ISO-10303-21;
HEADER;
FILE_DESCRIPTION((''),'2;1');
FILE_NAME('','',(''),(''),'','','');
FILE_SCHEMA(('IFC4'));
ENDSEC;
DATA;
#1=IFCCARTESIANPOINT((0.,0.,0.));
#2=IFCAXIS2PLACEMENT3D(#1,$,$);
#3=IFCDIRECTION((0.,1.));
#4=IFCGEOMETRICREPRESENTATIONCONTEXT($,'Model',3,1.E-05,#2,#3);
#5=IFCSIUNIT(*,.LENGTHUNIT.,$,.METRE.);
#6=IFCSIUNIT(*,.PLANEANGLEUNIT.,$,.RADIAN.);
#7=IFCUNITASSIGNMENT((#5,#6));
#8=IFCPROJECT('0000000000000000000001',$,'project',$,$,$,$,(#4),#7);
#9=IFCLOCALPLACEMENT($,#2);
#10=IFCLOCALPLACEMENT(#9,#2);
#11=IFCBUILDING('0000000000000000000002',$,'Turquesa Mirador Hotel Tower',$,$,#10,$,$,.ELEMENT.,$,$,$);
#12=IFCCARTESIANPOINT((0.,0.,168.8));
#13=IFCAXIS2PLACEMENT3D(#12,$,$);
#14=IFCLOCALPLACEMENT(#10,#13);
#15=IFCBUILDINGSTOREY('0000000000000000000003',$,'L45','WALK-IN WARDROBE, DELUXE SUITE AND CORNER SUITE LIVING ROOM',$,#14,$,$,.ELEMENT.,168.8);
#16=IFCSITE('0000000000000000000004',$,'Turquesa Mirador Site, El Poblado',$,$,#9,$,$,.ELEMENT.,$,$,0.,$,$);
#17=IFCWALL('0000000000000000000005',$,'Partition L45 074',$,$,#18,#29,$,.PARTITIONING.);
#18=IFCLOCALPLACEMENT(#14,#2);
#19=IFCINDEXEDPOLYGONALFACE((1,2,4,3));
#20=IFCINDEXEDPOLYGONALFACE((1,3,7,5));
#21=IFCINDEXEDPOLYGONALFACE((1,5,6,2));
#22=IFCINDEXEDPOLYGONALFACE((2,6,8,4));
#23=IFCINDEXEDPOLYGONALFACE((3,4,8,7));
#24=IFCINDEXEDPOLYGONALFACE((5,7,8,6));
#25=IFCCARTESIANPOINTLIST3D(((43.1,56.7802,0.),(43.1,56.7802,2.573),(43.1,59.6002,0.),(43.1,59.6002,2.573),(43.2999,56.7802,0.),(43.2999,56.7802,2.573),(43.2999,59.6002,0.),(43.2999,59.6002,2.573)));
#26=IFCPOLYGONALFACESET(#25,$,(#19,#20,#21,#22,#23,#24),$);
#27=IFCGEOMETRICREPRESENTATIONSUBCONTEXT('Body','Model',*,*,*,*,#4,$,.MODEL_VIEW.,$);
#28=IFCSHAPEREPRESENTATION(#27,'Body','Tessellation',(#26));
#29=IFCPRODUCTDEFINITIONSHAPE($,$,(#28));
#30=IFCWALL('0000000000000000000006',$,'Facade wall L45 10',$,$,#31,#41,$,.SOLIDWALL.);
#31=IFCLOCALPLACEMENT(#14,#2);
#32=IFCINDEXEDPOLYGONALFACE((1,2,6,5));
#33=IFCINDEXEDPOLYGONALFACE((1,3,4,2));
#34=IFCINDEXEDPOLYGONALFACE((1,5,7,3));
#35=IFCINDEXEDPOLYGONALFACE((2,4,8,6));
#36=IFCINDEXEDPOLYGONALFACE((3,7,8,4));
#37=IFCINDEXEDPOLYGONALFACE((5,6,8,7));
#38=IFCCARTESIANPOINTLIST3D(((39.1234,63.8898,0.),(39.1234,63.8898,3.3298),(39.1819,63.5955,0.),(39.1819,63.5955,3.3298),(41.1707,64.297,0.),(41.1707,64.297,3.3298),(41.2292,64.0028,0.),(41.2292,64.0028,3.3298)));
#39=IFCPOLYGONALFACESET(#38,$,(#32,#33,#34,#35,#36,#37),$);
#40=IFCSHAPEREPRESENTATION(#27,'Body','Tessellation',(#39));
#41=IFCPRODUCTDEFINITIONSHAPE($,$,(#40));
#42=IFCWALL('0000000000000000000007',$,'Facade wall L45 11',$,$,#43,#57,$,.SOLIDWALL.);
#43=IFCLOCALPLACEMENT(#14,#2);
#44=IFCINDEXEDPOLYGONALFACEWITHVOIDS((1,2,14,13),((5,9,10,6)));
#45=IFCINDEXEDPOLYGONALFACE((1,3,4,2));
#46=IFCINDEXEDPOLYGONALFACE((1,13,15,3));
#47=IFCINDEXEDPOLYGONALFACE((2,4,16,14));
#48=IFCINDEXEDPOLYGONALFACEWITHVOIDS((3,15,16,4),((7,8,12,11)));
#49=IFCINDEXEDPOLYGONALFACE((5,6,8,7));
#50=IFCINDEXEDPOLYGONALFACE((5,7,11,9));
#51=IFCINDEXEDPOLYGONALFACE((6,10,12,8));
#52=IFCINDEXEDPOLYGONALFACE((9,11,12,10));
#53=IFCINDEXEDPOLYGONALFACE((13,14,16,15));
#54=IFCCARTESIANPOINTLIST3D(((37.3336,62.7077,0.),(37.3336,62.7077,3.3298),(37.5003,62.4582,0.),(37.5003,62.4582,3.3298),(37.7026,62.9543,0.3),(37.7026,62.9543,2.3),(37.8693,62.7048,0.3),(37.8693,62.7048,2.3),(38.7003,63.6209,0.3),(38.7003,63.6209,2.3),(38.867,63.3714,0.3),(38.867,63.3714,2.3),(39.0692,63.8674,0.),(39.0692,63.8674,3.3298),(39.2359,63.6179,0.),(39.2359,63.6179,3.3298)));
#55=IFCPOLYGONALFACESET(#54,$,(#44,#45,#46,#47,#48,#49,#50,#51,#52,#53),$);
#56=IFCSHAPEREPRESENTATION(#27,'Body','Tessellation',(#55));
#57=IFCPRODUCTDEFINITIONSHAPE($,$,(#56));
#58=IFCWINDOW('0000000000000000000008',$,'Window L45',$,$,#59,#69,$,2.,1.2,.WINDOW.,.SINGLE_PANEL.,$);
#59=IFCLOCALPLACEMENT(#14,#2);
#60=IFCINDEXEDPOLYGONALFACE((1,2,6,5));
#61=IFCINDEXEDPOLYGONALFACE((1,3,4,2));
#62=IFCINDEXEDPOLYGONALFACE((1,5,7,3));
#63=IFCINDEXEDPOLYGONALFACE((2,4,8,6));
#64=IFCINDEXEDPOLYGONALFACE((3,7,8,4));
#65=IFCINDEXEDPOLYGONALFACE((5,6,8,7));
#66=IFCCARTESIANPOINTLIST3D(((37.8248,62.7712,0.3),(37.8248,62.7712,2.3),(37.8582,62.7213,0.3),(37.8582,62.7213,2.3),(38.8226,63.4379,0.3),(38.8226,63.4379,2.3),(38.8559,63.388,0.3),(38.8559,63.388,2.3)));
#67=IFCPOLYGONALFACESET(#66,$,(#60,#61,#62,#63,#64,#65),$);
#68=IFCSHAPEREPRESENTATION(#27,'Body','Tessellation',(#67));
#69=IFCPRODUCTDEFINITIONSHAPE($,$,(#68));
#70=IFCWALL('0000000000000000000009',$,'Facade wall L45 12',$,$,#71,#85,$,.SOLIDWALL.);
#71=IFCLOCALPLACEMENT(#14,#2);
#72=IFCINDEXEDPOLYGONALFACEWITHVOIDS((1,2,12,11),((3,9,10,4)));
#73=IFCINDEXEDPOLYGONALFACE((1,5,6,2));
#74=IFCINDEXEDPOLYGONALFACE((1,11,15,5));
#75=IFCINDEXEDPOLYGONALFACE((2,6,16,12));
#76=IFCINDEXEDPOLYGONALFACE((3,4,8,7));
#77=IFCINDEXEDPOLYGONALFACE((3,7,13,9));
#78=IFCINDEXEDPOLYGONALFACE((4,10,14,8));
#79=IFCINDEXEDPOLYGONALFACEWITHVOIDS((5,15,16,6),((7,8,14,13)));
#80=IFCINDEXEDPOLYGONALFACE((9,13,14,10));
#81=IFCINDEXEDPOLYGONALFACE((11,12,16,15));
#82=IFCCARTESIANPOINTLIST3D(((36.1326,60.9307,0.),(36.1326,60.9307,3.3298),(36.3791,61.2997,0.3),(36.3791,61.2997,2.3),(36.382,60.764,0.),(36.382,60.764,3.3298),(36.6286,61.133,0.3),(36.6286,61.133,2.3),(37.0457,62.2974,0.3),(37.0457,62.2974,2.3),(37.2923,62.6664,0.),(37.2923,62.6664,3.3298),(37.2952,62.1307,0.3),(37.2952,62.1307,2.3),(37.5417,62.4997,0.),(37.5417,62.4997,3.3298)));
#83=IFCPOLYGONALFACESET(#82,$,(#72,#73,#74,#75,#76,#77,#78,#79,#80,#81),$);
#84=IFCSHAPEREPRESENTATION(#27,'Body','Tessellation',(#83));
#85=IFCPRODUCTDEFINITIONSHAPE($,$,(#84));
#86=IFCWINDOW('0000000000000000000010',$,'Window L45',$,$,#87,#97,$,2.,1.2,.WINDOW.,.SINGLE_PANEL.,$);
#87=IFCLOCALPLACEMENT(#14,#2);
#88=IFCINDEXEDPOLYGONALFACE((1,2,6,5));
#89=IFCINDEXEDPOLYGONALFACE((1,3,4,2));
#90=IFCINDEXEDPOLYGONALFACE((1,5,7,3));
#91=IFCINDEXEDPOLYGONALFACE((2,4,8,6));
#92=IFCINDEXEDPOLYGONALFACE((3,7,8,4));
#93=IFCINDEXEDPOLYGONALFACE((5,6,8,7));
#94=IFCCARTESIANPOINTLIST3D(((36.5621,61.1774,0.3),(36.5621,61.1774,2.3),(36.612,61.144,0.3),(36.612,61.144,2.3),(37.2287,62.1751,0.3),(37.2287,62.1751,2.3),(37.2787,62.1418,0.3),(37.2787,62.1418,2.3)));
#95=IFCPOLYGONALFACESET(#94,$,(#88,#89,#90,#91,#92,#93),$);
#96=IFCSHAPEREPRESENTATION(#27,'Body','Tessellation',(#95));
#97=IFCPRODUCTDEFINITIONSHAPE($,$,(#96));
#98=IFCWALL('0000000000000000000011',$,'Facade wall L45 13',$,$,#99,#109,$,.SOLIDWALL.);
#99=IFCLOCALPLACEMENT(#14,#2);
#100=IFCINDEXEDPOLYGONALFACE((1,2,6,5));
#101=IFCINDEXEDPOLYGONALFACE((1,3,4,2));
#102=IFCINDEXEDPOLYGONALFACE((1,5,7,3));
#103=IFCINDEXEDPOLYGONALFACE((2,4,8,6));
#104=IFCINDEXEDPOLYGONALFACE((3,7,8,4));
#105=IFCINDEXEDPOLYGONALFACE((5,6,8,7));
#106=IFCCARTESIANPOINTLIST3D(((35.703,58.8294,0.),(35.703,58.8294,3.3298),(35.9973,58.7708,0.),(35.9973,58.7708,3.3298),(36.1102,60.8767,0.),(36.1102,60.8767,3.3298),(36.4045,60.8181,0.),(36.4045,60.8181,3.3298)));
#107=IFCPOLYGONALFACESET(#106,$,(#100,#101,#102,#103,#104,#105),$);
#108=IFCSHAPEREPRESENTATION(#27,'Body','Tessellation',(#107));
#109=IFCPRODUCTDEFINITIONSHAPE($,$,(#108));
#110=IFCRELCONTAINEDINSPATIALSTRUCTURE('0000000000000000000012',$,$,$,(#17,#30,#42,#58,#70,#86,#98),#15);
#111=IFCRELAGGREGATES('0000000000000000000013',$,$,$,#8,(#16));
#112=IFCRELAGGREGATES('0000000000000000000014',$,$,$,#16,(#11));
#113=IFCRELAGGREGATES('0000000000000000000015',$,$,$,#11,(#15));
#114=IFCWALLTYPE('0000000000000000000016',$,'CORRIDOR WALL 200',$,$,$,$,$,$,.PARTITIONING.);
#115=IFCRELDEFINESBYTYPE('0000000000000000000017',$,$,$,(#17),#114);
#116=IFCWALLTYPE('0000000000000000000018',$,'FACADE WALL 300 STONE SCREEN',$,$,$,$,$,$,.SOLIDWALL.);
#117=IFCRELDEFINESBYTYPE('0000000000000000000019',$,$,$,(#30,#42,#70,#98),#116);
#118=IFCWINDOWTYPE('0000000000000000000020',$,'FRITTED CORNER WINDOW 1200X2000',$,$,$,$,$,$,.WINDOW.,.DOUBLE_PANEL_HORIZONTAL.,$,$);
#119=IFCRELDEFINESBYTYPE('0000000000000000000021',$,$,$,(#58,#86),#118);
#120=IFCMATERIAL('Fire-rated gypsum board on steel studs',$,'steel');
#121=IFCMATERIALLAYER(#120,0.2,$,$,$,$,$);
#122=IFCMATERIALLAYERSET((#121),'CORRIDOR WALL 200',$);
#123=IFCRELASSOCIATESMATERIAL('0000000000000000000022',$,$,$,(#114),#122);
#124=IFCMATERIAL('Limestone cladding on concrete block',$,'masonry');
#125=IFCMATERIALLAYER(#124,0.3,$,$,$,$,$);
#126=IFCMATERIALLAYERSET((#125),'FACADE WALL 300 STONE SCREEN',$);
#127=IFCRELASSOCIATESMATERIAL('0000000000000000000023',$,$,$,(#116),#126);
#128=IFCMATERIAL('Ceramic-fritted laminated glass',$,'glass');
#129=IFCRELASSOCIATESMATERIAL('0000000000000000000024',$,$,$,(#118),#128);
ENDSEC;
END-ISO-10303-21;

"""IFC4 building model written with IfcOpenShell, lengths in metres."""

from ifc_helpers import new_model, si_unit, direction, frame, frame_2d, origin, place, context, subcontext, project, spatial, rectangle, extrude, material, layer, layer_set, type_object, element, fill, save


model = new_model("IFC4")

# Units and contexts
model_context = context("Model", 3, precision=1e-05, world=origin(), true_north=direction((0.0, 1.0)))
body_context = subcontext(model_context, "Body", "Model", "MODEL_VIEW")
ifc_project = project(units=[si_unit("LENGTHUNIT", "METRE"), si_unit("PLANEANGLEUNIT", "RADIAN")], contexts=[model_context])

# Site, building, storey
site_placement = place(None, origin())
site = spatial("IfcSite", under=ifc_project, at=site_placement, Name="Turquesa Mirador Site, El Poblado", CompositionType="ELEMENT", RefElevation=0.0)
building_placement = place(site_placement, origin())
building = spatial("IfcBuilding", under=site, at=building_placement, Name="Turquesa Mirador Hotel Tower", CompositionType="ELEMENT")
storey_placement = place(building_placement, frame((0.0, 0.0, 168.8)))
storey = spatial("IfcBuildingStorey", under=building, at=storey_placement, Name="L45", Description="WALK-IN WARDROBE, DELUXE SUITE AND CORNER SUITE LIVING ROOM", CompositionType="ELEMENT", Elevation=168.8)

# Walls
ifc_material_1 = material(Name="Fire-rated gypsum board on steel studs", Category="steel")
ifc_layer_1 = layer(ifc_material_1, 0.2)
ifc_layer_set_1 = layer_set([ifc_layer_1], Name="CORRIDOR WALL 200")
wall_type_1 = type_object("IfcWallType", Name="CORRIDOR WALL 200", PredefinedType="PARTITIONING", material=ifc_layer_set_1)
wall_1_placement = place(storey_placement, frame((43.2, 56.78, 0.0), z_axis=(0.0, 0.0, 1.0), x_axis=(0.0, 1.0, 0.0)))
element("IfcWall", 1, at=wall_1_placement, inside=storey, type_object=wall_type_1, Name="Partition L45 074", PredefinedType="PARTITIONING", context=body_context, shape_type="SweptSolid", body=[
    extrude(rectangle(XDim=2.8201, YDim=0.2, at=frame_2d((1.4102, 0.0))), origin(), (0.0, 0.0, 1.0), 2.573),
])
ifc_material_2 = material(Name="Limestone cladding on concrete block", Category="masonry")
ifc_layer_2 = layer(ifc_material_2, 0.3)
ifc_layer_set_2 = layer_set([ifc_layer_2], Name="FACADE WALL 300 STONE SCREEN")
wall_type_2 = type_object("IfcWallType", Name="FACADE WALL 300 STONE SCREEN", PredefinedType="SOLIDWALL", material=ifc_layer_set_2)
wall_2_placement = place(storey_placement, frame((41.2, 64.1499, 0.0), z_axis=(0.0, 0.0, 1.0), x_axis=(-0.980787, -0.195081, 0.0)))
element("IfcWall", 2, at=wall_2_placement, inside=storey, type_object=wall_type_2, Name="Facade wall L45 10", PredefinedType="SOLIDWALL", context=body_context, shape_type="SweptSolid", body=[
    extrude(rectangle(XDim=2.0874, YDim=0.3, at=frame_2d((1.0437, 0.0))), origin(), (0.0, 0.0, 1.0), 3.3298),
])

# Walls, openings, windows
wall_3_placement = place(storey_placement, frame((39.1526, 63.7427, 0.0), z_axis=(0.0, 0.0, 1.0), x_axis=(-0.831474, -0.555564, 0.0)))
wall_3 = element("IfcWall", 3, at=wall_3_placement, inside=storey, type_object=wall_type_2, Name="Facade wall L45 11", PredefinedType="SOLIDWALL", context=body_context, shape_type="SweptSolid", body=[
    extrude(rectangle(XDim=2.0874, YDim=0.3, at=frame_2d((1.0437, 0.0))), origin(), (0.0, 0.0, 1.0), 3.3298),
])
opening_1_placement = place(wall_3_placement, frame((0.4436, 0.0, 0.3)))
opening_1 = element("IfcOpeningElement", 4, at=opening_1_placement, cuts=wall_3, PredefinedType="OPENING", context=body_context, shape_type="SweptSolid", body=[
    extrude(rectangle(XDim=1.2, YDim=2.0, at=frame_2d((0.6001, 1.0))), frame((0.0, 0.1599, 0.0), z_axis=(0.0, -1.0, 0.0), x_axis=(1.0, 0.0, 0.0)), (0.0, 0.0, 1.0), 0.3201),
])
ifc_material_3 = material(Name="Ceramic-fritted laminated glass", Category="glass")
window_type_1 = type_object("IfcWindowType", Name="FRITTED CORNER WINDOW 1200X2000", PartitioningType="DOUBLE_PANEL_HORIZONTAL", PredefinedType="WINDOW", material=ifc_material_3)
window_1_placement = place(opening_1_placement, origin())
window_1 = element("IfcWindow", 5, at=window_1_placement, inside=storey, type_object=window_type_1, Name="Window L45", OverallHeight=2.0, OverallWidth=1.2, PartitioningType="SINGLE_PANEL", PredefinedType="WINDOW", context=body_context, shape_type="SweptSolid", body=[
    extrude(rectangle(XDim=1.2, YDim=2.0, at=frame_2d((0.6001, 1.0))), frame((0.0, 0.1301, 0.0), z_axis=(0.0, -1.0, 0.0), x_axis=(1.0, 0.0, 0.0)), (0.0, 0.0, 1.0), 0.0601),
])
fill(opening_1, window_1)
wall_4_placement = place(storey_placement, frame((37.417, 62.583, 0.0), z_axis=(0.0, 0.0, 1.0), x_axis=(-0.555564, -0.831474, 0.0)))
wall_4 = element("IfcWall", 6, at=wall_4_placement, inside=storey, type_object=wall_type_2, Name="Facade wall L45 12", PredefinedType="SOLIDWALL", context=body_context, shape_type="SweptSolid", body=[
    extrude(rectangle(XDim=2.0874, YDim=0.3, at=frame_2d((1.0437, 0.0))), origin(), (0.0, 0.0, 1.0), 3.3298),
])
opening_2_placement = place(wall_4_placement, frame((0.4436, 0.0, 0.3)))
opening_2 = element("IfcOpeningElement", 7, at=opening_2_placement, cuts=wall_4, PredefinedType="OPENING", context=body_context, shape_type="SweptSolid", body=[
    extrude(rectangle(XDim=1.2, YDim=2.0, at=frame_2d((0.6001, 1.0))), frame((0.0, 0.1599, 0.0), z_axis=(0.0, -1.0, 0.0), x_axis=(1.0, 0.0, 0.0)), (0.0, 0.0, 1.0), 0.3201),
])
window_2_placement = place(opening_2_placement, origin())
window_2 = element("IfcWindow", 8, at=window_2_placement, inside=storey, type_object=window_type_1, Name="Window L45", OverallHeight=2.0, OverallWidth=1.2, PartitioningType="SINGLE_PANEL", PredefinedType="WINDOW", context=body_context, shape_type="SweptSolid", body=[
    extrude(rectangle(XDim=1.2, YDim=2.0, at=frame_2d((0.6001, 1.0))), frame((0.0, 0.1301, 0.0), z_axis=(0.0, -1.0, 0.0), x_axis=(1.0, 0.0, 0.0)), (0.0, 0.0, 1.0), 0.0601),
])
fill(opening_2, window_2)

# Wall
wall_5_placement = place(storey_placement, frame((36.2573, 60.8474, 0.0), z_axis=(0.0, 0.0, 1.0), x_axis=(-0.195081, -0.980787, 0.0)))
element("IfcWall", 9, at=wall_5_placement, inside=storey, type_object=wall_type_2, Name="Facade wall L45 13", PredefinedType="SOLIDWALL", context=body_context, shape_type="SweptSolid", body=[
    extrude(rectangle(XDim=2.0874, YDim=0.3, at=frame_2d((1.0437, 0.0))), origin(), (0.0, 0.0, 1.0), 3.3298),
])

save(model, "model.ifc")
